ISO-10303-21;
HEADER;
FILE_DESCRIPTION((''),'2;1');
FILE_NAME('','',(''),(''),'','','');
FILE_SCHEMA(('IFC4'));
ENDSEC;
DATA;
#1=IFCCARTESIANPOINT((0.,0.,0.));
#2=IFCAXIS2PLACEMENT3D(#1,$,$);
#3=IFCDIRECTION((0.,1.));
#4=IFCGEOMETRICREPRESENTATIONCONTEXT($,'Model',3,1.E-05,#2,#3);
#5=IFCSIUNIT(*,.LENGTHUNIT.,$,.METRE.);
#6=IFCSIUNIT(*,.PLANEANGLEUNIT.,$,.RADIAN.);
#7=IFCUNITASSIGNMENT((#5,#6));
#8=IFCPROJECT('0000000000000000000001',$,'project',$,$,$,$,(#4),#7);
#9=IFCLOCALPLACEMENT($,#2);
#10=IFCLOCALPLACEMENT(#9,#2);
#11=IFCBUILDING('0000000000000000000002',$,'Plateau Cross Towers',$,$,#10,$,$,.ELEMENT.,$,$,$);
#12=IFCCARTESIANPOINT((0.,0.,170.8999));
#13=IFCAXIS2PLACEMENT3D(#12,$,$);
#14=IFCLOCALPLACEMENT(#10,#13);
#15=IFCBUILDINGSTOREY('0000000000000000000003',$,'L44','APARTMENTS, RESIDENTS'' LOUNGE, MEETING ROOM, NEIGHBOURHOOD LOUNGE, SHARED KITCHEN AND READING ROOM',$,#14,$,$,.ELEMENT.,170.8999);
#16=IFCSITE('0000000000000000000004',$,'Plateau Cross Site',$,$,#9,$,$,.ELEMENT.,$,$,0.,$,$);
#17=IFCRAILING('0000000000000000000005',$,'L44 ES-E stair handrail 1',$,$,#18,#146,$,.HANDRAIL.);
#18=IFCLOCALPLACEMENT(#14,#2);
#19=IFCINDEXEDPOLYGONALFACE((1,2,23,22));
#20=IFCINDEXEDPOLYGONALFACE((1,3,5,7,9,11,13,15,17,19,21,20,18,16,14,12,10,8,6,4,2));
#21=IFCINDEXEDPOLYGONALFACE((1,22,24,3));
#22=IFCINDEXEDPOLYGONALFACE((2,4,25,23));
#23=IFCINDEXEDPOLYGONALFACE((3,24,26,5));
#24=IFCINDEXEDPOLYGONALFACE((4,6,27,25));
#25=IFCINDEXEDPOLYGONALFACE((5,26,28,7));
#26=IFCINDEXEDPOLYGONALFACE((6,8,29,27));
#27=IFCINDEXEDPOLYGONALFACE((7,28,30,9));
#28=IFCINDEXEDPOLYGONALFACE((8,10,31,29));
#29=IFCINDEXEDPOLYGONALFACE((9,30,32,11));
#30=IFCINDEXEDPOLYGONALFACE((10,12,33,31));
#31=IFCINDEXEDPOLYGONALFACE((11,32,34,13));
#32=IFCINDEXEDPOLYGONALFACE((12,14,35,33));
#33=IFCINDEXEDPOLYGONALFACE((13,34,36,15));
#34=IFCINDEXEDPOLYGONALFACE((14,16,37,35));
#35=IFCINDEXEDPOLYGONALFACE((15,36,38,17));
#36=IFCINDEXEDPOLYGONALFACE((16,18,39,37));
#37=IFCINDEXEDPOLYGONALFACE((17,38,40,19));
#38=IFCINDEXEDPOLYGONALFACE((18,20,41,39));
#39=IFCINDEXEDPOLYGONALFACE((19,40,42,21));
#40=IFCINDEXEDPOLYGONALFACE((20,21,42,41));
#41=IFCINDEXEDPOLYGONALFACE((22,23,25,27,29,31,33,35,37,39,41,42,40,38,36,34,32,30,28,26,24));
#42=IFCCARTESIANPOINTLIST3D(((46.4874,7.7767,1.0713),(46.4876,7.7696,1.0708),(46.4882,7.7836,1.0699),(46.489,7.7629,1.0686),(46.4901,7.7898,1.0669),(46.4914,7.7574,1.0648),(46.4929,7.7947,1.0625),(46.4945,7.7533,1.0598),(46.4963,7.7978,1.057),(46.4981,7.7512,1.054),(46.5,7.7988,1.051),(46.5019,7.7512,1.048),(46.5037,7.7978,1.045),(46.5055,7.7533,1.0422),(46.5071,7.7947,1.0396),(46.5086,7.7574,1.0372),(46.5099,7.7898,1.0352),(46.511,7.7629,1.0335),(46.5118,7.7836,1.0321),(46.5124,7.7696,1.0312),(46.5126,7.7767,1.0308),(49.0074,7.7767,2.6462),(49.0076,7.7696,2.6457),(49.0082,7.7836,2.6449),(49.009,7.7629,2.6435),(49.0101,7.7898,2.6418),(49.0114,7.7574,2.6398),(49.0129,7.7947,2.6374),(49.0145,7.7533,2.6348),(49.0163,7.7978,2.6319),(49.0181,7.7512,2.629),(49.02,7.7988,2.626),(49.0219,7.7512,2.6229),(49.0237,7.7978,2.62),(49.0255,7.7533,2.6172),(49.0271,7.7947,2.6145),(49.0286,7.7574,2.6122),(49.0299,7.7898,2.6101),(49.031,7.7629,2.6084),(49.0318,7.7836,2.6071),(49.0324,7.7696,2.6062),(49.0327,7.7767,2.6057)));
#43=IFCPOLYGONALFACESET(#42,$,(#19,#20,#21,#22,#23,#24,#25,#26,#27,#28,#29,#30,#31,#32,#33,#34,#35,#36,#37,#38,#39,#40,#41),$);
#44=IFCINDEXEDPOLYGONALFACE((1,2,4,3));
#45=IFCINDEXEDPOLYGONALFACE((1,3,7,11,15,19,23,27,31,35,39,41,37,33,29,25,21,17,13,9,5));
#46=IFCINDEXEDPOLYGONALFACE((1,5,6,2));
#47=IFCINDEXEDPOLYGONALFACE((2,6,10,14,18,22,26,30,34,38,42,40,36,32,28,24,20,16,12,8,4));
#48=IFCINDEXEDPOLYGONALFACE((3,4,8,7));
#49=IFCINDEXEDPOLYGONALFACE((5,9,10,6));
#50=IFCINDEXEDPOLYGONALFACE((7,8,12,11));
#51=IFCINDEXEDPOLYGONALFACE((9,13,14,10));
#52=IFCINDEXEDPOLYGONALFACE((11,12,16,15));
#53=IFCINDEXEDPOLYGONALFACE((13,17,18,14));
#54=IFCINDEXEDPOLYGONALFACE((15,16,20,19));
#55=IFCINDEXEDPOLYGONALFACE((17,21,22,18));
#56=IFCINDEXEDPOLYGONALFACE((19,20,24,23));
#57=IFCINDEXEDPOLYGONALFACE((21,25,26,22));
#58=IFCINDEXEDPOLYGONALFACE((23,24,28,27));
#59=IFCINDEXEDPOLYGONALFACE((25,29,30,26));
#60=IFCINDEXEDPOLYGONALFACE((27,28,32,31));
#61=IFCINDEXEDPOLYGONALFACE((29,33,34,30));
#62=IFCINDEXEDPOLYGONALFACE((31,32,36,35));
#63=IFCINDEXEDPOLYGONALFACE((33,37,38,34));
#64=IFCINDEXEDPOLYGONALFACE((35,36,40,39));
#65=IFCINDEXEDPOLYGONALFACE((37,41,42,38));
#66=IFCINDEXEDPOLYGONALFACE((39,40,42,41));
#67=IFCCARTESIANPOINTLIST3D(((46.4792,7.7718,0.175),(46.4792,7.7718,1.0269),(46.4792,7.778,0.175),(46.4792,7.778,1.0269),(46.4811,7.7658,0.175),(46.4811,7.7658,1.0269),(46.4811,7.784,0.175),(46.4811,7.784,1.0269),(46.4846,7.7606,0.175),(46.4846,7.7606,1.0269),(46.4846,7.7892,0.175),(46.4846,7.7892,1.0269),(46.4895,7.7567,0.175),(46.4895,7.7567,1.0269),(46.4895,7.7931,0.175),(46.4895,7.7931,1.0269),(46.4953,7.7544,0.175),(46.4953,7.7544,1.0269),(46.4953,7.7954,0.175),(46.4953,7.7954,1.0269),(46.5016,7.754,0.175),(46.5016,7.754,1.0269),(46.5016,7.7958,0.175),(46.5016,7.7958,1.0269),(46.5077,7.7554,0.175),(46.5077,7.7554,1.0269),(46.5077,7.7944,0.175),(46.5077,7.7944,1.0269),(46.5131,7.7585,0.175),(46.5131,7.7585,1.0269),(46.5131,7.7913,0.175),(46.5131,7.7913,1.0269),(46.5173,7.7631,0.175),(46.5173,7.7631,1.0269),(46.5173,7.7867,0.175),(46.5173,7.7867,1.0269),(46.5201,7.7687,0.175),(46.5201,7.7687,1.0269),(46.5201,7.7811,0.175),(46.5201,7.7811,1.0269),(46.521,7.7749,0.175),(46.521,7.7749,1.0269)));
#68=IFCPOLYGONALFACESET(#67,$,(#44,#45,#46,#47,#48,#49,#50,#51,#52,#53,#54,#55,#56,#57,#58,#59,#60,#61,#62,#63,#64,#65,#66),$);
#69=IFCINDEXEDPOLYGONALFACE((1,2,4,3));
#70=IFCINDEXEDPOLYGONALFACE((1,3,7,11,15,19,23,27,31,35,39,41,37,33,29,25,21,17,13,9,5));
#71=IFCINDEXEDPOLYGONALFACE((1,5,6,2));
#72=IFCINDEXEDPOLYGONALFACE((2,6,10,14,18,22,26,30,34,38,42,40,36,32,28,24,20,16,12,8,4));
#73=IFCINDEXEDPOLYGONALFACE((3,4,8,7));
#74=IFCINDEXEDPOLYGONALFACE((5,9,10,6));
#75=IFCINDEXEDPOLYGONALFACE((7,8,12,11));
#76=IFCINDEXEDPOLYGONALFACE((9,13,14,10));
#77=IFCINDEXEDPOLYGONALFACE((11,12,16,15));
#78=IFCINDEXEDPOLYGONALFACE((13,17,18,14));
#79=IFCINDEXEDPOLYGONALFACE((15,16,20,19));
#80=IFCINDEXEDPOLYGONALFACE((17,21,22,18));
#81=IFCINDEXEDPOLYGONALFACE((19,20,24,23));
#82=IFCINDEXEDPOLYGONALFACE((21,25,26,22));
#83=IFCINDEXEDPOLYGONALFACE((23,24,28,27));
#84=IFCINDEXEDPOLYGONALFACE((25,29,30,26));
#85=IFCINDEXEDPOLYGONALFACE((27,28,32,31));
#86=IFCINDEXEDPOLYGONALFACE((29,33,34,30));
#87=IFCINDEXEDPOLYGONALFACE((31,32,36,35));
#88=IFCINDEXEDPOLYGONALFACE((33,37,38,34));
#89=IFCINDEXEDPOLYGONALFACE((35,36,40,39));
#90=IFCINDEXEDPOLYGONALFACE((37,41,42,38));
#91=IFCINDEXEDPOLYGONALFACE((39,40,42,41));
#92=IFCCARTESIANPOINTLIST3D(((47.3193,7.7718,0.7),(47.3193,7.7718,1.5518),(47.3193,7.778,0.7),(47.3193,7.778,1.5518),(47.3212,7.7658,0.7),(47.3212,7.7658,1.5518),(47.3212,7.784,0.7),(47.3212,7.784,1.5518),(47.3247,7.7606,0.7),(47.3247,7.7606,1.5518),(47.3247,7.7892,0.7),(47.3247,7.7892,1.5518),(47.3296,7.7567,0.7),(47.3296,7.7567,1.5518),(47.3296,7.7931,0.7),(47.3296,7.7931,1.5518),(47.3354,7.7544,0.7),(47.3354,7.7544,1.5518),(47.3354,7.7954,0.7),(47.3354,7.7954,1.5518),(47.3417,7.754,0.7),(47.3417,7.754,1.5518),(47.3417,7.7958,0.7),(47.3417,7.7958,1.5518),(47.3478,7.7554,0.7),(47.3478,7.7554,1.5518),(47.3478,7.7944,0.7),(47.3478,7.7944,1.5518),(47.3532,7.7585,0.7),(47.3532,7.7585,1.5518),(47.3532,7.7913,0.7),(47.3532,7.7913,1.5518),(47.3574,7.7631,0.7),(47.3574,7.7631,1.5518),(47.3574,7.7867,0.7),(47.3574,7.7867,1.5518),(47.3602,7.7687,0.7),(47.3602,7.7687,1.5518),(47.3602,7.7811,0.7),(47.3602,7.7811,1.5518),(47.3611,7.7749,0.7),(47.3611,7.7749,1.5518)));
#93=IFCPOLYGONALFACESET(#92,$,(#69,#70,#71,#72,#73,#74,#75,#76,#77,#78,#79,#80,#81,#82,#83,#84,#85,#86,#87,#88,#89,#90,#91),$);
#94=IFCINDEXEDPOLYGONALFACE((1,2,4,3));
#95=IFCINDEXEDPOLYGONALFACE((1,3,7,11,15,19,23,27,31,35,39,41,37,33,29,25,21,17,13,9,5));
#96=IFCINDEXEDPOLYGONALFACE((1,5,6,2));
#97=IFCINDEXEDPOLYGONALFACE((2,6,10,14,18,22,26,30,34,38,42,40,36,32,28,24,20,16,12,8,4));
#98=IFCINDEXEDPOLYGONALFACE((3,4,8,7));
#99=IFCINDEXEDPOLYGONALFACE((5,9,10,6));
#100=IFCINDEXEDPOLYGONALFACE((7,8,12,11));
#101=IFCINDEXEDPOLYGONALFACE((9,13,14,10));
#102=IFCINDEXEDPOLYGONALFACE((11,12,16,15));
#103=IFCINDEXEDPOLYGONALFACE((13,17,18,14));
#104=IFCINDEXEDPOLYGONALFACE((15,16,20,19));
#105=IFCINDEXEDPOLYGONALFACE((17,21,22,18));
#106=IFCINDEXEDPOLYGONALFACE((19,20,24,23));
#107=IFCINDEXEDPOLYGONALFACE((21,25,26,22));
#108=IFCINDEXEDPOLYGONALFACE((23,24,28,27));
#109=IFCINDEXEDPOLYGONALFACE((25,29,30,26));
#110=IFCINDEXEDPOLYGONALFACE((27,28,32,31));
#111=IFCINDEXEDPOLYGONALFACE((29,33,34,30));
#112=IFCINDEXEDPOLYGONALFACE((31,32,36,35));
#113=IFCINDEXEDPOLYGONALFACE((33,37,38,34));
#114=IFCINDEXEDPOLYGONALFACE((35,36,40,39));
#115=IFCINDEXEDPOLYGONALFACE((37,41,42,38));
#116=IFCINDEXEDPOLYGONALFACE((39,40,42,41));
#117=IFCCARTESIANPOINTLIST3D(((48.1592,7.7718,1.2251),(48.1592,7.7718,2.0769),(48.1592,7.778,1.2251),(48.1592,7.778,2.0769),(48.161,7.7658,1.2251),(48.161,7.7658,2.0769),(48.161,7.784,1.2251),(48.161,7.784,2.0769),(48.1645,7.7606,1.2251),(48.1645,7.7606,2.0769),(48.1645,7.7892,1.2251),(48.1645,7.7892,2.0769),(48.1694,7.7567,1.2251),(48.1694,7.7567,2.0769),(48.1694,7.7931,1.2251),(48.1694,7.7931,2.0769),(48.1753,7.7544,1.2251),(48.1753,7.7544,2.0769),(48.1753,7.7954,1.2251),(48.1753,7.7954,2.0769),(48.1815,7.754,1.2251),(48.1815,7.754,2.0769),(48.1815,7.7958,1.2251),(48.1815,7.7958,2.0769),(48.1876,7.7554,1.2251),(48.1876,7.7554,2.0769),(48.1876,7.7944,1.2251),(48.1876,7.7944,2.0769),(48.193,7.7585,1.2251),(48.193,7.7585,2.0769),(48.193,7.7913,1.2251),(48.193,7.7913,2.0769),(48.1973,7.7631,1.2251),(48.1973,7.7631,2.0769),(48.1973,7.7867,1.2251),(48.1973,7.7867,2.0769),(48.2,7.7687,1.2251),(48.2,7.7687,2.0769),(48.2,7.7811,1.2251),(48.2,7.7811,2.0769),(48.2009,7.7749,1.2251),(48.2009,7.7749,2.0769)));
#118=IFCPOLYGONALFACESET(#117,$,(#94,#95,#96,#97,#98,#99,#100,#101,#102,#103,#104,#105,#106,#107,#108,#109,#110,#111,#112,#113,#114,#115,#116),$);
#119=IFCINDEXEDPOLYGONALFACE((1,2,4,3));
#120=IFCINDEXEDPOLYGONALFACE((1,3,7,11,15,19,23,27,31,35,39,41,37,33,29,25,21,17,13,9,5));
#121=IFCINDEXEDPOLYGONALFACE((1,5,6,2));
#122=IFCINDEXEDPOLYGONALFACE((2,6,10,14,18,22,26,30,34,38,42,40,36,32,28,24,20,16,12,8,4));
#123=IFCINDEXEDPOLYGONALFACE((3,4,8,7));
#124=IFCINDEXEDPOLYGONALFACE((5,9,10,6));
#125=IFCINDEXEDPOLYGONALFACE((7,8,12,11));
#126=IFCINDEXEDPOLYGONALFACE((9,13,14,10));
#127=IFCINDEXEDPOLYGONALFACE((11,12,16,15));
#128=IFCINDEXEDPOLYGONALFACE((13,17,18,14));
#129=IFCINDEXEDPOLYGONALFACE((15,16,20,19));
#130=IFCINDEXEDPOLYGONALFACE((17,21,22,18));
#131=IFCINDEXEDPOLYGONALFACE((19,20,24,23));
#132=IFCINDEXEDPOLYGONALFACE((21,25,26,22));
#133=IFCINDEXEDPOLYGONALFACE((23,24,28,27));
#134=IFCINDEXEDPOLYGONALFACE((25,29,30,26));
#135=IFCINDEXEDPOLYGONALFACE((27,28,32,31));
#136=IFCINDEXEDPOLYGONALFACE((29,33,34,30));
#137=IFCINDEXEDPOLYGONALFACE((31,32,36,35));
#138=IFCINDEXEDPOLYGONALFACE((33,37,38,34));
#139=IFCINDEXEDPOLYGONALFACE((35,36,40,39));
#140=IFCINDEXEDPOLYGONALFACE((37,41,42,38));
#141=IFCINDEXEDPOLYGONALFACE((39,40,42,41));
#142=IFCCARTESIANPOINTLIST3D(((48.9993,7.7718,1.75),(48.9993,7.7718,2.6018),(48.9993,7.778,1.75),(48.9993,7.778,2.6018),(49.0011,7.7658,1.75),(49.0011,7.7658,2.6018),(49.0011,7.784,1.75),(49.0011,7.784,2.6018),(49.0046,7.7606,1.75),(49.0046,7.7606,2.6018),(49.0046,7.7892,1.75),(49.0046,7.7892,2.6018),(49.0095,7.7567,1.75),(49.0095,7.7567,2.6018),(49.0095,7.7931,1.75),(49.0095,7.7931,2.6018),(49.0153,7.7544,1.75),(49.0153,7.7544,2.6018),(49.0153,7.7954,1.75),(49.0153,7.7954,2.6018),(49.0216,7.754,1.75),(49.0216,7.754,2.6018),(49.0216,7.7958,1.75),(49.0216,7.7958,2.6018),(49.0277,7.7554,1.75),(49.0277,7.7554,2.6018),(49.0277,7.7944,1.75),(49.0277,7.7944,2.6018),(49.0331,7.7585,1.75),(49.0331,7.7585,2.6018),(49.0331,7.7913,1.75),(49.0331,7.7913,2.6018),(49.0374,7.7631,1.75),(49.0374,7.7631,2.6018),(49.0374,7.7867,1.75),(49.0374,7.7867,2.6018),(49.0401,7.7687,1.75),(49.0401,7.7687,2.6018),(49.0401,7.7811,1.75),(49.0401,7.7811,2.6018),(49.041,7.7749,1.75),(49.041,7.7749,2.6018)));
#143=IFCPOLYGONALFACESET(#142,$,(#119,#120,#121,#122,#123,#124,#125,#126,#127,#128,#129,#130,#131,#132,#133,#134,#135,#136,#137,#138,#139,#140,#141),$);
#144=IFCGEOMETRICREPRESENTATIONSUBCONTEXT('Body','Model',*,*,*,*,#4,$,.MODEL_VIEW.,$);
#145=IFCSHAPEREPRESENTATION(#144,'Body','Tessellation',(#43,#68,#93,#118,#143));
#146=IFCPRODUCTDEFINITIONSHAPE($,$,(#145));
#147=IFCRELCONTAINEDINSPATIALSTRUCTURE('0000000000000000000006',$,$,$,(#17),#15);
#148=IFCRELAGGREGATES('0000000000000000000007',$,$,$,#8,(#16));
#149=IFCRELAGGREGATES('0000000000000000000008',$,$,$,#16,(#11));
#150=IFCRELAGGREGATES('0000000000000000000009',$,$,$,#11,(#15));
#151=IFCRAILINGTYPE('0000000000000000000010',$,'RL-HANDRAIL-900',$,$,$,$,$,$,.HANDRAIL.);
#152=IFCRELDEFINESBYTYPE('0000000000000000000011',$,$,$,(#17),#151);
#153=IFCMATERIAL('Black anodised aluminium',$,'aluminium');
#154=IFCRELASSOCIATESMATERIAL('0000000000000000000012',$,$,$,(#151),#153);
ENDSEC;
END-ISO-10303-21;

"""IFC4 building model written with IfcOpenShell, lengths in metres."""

from ifc_helpers import new_model, si_unit, direction, frame, origin, origin_2d, place, context, subcontext, project, spatial, circle, extrude, material, type_object, element, save


model = new_model("IFC4")

# Units and contexts
model_context = context("Model", 3, precision=1e-05, world=origin(), true_north=direction((0.0, 1.0)))
body_context = subcontext(model_context, "Body", "Model", "MODEL_VIEW")
ifc_project = project(units=[si_unit("LENGTHUNIT", "METRE"), si_unit("PLANEANGLEUNIT", "RADIAN")], contexts=[model_context])

# Site, building, storey
site_placement = place(None, origin())
site = spatial("IfcSite", under=ifc_project, at=site_placement, Name="Plateau Cross Site", CompositionType="ELEMENT", RefElevation=0.0)
building_placement = place(site_placement, origin())
building = spatial("IfcBuilding", under=site, at=building_placement, Name="Plateau Cross Towers", CompositionType="ELEMENT")
storey_placement = place(building_placement, frame((0.0, 0.0, 170.8999)))
storey = spatial("IfcBuildingStorey", under=building, at=storey_placement, Name="L44", Description="APARTMENTS, RESIDENTS' LOUNGE, MEETING ROOM, NEIGHBOURHOOD LOUNGE, SHARED KITCHEN AND READING ROOM", CompositionType="ELEMENT", Elevation=170.8999)

# Shared definitions
ifc_material_1 = material(Name="Black anodised aluminium", Category="aluminium")

# Railing
railing_type_1 = type_object("IfcRailingType", Name="RL-HANDRAIL-900", PredefinedType="HANDRAIL", material=ifc_material_1)
railing_1_placement = place(storey_placement, frame((46.5, 7.7749, 0.175)))
element("IfcRailing", 1, at=railing_1_placement, inside=storey, type_object=railing_type_1, Name="L44 ES-E stair handrail 1", PredefinedType="HANDRAIL", context=body_context, shape_type="SweptSolid", body=[
    extrude(circle(Radius=0.0239, at=origin_2d()), frame((0.0, 0.0, 0.876), z_axis=(0.848008, 0.0, 0.529984), x_axis=(0.0, 1.0, 0.0)), (0.0, 0.0, 1.0), 2.9717),
    extrude(circle(Radius=0.021, at=origin_2d()), origin(), (0.0, 0.0, 1.0), 0.8518),
    extrude(circle(Radius=0.021, at=origin_2d()), frame((0.8401, 0.0, 0.5249)), (0.0, 0.0, 1.0), 0.8518),
    extrude(circle(Radius=0.021, at=origin_2d()), frame((1.6799, 0.0, 1.05)), (0.0, 0.0, 1.0), 0.8518),
    extrude(circle(Radius=0.021, at=origin_2d()), frame((2.52, 0.0, 1.575)), (0.0, 0.0, 1.0), 0.8518),
])

save(model, "model.ifc")
